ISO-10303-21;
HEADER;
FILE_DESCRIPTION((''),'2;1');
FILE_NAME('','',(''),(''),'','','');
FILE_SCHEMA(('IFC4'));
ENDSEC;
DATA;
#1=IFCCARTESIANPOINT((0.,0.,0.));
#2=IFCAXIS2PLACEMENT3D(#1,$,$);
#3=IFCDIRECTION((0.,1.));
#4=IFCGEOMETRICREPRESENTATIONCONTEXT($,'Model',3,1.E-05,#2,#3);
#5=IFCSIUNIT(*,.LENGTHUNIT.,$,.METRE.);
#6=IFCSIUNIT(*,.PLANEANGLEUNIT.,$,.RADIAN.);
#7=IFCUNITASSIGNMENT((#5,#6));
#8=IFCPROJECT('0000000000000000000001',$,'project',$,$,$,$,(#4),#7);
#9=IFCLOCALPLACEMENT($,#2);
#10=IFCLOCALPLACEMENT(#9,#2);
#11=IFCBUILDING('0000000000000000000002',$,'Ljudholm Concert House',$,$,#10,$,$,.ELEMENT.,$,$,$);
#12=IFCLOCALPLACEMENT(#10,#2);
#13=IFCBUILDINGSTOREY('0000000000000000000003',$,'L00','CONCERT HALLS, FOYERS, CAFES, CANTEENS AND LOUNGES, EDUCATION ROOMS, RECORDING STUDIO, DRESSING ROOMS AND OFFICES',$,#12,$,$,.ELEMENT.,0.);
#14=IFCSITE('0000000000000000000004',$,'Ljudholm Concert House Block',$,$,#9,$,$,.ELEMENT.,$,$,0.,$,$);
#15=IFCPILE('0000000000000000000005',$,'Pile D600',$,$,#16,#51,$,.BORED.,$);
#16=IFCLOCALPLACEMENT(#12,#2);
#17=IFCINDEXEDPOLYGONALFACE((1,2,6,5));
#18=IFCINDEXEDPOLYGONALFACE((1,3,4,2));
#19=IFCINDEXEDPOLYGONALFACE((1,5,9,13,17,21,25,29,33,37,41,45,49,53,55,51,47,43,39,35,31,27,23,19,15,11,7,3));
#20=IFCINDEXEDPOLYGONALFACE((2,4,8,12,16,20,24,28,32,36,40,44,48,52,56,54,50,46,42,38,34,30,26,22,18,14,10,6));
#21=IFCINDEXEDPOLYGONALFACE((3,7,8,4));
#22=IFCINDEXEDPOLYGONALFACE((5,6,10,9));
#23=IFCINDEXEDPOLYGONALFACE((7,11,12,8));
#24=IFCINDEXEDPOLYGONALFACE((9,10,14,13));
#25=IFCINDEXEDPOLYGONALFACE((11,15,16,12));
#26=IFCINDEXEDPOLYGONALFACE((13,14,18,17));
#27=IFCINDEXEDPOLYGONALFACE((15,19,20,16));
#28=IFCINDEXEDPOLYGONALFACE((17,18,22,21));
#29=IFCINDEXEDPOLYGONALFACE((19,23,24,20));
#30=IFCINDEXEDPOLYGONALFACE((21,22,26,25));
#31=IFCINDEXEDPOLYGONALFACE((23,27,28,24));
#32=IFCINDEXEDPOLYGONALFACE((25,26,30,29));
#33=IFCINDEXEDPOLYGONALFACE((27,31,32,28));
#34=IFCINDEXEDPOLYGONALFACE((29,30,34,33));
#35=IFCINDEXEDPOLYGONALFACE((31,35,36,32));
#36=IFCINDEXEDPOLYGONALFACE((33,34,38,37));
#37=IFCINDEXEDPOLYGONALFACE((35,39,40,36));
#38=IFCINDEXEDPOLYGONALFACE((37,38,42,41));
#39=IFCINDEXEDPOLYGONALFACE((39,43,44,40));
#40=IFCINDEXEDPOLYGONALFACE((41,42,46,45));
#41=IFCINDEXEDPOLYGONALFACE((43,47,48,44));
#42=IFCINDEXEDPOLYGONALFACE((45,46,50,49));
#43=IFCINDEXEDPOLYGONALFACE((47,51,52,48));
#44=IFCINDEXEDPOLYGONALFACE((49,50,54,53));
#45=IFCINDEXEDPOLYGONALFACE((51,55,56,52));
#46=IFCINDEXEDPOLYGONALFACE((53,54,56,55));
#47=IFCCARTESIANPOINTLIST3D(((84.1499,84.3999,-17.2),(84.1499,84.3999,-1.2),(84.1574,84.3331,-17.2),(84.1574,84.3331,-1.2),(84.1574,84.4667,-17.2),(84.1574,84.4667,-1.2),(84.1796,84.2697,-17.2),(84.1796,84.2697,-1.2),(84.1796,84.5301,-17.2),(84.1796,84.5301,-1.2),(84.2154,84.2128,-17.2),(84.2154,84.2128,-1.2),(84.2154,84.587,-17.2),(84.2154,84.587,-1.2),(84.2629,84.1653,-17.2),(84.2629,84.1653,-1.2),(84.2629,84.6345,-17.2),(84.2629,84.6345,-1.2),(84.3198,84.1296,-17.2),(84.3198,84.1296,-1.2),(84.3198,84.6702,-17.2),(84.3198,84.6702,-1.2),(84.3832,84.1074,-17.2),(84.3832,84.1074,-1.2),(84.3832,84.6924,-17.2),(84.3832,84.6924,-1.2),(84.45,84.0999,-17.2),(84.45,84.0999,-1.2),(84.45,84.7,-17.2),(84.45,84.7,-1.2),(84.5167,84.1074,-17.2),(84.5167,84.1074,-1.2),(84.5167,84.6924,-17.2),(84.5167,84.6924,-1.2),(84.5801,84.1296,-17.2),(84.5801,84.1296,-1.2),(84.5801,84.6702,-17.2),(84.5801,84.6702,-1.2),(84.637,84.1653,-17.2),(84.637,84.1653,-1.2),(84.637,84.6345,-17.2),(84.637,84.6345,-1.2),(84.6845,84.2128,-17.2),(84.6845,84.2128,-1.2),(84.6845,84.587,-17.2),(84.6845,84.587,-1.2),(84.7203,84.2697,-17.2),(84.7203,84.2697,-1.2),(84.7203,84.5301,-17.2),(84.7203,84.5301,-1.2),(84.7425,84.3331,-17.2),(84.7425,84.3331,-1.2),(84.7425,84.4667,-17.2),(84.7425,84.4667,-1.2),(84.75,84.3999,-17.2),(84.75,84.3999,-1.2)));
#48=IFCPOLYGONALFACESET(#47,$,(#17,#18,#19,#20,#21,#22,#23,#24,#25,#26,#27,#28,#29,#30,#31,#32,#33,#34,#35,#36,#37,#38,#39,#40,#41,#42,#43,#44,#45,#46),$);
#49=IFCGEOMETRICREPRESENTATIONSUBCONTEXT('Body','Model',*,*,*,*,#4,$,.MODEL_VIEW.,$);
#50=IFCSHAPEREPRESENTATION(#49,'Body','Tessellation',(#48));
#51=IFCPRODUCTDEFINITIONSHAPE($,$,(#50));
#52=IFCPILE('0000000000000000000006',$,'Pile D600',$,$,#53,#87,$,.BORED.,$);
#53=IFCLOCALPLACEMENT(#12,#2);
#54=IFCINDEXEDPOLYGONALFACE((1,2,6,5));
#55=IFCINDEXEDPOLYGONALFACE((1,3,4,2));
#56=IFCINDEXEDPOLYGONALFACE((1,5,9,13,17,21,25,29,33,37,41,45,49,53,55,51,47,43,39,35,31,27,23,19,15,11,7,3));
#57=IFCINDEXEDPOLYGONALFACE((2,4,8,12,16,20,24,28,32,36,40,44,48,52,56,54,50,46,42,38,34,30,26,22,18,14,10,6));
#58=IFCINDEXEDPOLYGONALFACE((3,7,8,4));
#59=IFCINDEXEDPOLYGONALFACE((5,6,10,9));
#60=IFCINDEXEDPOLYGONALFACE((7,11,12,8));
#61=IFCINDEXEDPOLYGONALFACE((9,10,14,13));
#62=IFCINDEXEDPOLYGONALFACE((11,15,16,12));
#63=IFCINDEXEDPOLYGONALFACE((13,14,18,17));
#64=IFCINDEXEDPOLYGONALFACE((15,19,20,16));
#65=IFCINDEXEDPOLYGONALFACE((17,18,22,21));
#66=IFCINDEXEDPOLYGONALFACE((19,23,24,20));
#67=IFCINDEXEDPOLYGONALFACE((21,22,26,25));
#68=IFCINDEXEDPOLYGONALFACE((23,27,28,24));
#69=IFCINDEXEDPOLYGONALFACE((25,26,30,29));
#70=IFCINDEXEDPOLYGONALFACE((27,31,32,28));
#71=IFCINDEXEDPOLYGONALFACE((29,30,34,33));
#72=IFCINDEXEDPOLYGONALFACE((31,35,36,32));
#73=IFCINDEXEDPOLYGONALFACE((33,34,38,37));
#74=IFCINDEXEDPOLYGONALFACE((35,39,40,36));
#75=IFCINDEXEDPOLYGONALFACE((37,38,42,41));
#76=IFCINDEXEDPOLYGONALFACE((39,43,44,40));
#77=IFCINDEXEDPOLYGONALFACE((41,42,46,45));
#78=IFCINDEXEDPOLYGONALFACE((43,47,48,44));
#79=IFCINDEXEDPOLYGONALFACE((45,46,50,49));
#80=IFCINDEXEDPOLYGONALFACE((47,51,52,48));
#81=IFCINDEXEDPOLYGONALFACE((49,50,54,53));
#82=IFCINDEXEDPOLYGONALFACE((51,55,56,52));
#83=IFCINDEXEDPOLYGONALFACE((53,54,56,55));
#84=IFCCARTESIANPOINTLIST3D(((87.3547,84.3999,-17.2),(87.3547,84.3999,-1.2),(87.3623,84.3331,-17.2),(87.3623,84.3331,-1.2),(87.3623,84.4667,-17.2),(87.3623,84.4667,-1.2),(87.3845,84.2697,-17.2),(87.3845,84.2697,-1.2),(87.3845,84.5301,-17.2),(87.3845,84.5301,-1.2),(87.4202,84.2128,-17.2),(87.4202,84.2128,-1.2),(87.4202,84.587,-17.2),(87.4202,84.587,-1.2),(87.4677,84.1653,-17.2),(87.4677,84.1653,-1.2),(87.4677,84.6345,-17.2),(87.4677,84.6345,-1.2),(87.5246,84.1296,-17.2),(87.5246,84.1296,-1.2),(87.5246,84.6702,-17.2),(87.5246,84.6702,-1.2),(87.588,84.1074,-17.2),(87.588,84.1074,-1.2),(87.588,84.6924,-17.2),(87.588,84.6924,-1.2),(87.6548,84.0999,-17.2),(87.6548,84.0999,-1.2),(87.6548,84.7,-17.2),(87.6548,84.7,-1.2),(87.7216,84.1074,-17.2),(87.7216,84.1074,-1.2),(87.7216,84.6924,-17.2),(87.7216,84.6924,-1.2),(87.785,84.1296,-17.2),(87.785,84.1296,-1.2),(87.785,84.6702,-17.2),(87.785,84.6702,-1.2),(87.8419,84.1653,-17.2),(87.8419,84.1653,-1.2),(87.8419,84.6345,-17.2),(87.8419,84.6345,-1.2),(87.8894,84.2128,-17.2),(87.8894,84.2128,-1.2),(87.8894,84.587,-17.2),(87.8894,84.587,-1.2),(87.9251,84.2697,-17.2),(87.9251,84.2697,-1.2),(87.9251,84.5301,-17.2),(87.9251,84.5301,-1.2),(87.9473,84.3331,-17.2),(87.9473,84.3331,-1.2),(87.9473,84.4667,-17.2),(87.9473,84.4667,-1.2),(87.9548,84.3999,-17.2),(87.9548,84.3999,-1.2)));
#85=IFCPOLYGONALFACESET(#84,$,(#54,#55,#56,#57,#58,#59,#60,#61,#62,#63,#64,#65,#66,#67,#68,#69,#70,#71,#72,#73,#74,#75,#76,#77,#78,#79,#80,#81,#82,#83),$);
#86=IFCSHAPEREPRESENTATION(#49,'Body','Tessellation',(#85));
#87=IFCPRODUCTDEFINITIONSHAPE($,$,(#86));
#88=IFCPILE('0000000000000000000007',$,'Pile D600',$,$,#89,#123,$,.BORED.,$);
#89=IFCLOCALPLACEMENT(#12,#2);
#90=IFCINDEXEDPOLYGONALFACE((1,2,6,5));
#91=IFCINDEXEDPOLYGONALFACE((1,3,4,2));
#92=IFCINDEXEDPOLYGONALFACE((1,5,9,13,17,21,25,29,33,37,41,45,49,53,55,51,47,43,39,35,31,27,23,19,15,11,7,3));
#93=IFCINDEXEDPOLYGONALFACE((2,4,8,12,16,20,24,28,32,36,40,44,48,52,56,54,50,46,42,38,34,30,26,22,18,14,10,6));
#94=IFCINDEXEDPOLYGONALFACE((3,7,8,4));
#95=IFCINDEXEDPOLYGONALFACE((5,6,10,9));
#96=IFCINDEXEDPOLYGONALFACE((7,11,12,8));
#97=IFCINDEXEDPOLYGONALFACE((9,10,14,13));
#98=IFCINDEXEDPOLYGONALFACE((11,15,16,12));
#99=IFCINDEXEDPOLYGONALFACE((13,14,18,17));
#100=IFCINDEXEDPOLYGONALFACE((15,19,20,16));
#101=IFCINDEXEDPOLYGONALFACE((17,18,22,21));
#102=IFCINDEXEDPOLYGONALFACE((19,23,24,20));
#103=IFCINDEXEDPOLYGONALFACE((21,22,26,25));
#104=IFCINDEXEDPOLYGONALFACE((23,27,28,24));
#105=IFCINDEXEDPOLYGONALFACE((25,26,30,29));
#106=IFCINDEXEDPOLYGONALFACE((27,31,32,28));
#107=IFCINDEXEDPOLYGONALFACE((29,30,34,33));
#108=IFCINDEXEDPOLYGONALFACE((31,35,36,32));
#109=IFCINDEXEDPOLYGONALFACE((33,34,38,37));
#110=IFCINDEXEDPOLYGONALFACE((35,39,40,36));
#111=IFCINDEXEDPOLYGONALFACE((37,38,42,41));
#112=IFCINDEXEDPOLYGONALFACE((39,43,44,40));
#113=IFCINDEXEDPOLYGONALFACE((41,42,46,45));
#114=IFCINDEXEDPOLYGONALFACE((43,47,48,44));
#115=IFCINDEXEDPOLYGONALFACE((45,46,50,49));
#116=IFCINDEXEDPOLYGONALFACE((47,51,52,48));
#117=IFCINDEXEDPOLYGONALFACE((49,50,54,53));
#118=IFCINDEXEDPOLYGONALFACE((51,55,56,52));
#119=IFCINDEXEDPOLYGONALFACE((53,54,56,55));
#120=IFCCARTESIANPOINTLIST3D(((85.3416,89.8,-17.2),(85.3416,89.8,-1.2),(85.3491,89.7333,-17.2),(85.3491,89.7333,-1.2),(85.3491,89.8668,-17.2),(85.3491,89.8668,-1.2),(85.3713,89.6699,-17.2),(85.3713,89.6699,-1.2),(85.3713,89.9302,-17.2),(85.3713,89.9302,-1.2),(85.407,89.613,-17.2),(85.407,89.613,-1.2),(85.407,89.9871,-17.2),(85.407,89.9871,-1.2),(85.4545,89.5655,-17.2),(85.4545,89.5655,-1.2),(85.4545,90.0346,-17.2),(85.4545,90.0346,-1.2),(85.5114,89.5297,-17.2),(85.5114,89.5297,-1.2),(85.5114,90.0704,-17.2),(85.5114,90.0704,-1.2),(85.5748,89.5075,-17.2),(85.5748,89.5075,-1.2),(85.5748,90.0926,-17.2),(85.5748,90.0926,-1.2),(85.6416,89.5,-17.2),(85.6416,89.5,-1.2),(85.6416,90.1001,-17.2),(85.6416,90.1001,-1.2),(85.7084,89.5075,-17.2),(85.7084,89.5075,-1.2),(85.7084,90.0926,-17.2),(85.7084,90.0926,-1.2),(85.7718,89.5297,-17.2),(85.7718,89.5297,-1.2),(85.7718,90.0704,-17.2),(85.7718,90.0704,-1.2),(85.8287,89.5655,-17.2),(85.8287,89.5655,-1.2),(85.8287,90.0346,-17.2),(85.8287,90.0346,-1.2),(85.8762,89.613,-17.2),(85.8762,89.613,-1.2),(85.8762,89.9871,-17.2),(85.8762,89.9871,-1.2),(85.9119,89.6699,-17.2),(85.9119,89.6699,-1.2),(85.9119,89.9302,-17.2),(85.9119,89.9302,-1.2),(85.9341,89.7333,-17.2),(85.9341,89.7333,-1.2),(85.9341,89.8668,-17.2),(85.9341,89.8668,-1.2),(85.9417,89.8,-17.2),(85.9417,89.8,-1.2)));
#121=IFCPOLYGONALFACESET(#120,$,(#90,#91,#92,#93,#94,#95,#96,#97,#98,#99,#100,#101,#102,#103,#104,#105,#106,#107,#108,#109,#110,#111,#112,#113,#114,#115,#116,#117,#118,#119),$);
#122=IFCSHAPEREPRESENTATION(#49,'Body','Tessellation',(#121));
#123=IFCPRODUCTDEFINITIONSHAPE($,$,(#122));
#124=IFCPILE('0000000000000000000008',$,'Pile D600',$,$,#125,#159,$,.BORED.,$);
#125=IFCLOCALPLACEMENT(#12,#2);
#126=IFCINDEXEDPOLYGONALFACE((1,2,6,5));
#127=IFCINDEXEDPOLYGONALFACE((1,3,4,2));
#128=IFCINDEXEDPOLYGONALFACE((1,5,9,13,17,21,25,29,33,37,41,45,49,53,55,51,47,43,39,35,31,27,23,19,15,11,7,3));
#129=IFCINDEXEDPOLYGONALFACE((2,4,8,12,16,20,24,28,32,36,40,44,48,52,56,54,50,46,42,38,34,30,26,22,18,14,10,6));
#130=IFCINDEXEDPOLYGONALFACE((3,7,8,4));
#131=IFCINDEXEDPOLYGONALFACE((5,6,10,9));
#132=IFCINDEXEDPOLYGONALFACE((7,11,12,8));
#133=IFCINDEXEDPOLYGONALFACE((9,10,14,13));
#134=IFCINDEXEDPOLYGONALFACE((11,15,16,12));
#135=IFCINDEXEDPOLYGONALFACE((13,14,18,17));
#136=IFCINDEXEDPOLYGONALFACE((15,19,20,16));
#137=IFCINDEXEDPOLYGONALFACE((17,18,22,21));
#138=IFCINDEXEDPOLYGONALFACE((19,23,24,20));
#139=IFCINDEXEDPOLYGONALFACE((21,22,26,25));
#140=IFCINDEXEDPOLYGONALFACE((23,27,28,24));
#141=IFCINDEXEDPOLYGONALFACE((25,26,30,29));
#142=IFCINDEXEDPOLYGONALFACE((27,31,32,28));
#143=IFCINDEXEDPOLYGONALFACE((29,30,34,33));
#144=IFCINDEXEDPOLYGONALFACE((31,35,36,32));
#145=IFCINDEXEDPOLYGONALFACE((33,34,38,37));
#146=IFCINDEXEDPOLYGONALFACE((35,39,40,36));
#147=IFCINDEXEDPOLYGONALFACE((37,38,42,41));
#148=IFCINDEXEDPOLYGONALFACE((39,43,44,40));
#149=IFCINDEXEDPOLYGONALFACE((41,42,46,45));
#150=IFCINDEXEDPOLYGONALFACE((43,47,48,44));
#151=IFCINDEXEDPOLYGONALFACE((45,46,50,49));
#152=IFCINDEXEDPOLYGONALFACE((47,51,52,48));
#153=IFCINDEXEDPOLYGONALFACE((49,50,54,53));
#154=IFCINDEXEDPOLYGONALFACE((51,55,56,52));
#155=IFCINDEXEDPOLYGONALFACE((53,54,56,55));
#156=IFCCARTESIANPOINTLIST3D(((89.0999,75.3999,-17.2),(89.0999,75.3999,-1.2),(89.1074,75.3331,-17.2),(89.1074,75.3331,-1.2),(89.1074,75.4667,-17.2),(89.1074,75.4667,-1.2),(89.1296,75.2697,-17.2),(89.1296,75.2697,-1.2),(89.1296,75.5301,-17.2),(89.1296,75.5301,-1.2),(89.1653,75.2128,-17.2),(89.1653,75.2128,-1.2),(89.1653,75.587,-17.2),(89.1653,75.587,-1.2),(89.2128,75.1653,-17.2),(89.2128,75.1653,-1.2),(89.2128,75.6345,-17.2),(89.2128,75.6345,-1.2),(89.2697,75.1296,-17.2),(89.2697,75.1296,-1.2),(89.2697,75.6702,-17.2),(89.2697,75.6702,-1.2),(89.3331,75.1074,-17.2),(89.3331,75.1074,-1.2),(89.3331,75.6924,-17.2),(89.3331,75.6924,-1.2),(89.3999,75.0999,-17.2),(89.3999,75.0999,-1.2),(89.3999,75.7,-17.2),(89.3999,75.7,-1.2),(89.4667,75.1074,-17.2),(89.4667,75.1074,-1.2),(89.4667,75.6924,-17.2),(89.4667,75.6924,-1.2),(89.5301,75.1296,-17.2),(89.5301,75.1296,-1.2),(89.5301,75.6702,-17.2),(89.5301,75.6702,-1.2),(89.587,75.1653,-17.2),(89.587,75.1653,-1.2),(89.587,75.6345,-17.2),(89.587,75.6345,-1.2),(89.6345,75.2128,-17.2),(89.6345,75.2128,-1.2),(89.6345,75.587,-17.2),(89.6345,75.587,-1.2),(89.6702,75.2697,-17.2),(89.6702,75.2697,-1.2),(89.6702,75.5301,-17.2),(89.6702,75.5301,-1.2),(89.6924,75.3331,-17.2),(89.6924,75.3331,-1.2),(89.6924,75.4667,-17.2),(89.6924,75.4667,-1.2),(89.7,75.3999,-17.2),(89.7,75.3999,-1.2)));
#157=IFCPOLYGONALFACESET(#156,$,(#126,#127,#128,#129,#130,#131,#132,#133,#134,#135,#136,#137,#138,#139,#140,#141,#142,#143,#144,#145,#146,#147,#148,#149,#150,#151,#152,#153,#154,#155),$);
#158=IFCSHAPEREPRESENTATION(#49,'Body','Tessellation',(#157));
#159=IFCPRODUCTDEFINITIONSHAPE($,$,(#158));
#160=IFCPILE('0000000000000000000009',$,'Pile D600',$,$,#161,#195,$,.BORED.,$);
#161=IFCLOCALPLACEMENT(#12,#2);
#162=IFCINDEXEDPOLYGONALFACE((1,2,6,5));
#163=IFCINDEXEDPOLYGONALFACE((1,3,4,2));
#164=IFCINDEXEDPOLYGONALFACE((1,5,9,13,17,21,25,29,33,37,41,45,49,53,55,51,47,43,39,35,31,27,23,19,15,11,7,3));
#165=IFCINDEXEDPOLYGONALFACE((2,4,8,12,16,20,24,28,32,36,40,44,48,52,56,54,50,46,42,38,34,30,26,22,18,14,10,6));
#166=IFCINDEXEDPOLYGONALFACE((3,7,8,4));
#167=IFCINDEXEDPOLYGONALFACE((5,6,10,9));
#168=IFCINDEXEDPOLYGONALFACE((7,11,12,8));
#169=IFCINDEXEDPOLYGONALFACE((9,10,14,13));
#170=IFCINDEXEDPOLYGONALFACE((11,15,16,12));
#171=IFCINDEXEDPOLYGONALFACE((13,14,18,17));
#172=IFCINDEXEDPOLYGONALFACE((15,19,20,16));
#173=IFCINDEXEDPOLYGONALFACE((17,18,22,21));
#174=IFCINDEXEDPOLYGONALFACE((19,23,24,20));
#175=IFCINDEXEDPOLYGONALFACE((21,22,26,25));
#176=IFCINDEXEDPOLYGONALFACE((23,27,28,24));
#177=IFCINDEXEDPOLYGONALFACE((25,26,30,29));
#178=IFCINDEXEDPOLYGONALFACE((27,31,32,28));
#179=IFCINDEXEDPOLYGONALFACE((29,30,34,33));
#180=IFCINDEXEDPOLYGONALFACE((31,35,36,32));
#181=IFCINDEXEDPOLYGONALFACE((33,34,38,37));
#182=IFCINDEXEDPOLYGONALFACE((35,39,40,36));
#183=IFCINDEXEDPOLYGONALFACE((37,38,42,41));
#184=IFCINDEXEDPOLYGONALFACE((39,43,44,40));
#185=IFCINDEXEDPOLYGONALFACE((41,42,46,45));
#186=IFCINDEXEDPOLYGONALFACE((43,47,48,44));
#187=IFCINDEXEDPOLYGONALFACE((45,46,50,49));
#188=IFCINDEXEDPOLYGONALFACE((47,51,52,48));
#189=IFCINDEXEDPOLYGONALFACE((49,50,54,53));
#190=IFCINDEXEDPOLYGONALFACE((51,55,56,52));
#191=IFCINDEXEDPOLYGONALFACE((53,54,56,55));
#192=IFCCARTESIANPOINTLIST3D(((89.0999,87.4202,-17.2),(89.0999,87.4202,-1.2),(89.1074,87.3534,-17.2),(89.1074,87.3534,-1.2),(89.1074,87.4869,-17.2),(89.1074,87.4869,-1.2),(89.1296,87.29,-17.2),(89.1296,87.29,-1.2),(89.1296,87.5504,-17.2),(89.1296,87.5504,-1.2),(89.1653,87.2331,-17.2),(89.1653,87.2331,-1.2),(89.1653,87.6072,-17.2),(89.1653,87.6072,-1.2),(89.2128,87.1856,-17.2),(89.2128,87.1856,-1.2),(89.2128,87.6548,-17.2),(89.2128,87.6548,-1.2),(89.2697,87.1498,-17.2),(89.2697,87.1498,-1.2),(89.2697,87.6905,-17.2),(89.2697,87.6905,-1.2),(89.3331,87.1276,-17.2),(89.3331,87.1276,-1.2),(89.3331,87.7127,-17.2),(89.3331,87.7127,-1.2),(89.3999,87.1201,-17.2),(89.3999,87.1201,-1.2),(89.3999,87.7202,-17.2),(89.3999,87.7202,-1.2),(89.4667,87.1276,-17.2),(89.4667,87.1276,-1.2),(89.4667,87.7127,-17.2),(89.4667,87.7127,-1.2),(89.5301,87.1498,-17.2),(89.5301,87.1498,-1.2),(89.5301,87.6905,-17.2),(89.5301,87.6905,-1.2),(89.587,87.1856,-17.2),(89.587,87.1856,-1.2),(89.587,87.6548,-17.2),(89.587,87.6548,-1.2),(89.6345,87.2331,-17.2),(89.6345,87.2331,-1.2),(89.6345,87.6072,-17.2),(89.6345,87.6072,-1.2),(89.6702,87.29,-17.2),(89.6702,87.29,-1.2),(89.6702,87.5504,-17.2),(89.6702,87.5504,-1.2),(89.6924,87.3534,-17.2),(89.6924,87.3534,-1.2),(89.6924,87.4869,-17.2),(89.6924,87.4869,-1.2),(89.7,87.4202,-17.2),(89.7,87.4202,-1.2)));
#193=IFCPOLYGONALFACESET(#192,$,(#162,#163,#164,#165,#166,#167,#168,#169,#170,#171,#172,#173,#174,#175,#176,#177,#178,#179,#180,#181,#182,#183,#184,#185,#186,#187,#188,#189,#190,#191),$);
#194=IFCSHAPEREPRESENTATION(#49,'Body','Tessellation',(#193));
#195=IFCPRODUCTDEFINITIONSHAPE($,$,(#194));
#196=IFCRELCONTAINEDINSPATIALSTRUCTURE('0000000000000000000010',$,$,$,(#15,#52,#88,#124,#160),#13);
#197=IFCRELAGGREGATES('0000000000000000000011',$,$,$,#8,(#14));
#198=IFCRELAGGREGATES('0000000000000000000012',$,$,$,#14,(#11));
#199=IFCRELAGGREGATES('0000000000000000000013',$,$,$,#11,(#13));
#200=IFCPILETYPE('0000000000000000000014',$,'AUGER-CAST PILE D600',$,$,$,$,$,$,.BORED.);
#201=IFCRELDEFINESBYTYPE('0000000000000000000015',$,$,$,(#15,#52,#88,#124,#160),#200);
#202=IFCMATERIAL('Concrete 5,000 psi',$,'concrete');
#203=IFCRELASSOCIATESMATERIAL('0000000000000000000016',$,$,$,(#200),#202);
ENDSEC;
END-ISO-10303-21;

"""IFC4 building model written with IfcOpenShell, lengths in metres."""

from ifc_helpers import new_model, si_unit, direction, frame, origin, origin_2d, place, context, subcontext, project, spatial, circle, extrude, material, material_profile, profile_set, type_object, element, save


model = new_model("IFC4")

# Units and contexts
model_context = context("Model", 3, precision=1e-05, world=origin(), true_north=direction((0.0, 1.0)))
body_context = subcontext(model_context, "Body", "Model", "MODEL_VIEW")
ifc_project = project(units=[si_unit("LENGTHUNIT", "METRE"), si_unit("PLANEANGLEUNIT", "RADIAN")], contexts=[model_context])

# Site, building, storey
site_placement = place(None, origin())
site = spatial("IfcSite", under=ifc_project, at=site_placement, Name="Ljudholm Concert House Block", CompositionType="ELEMENT", RefElevation=0.0)
building_placement = place(site_placement, origin())
building = spatial("IfcBuilding", under=site, at=building_placement, Name="Ljudholm Concert House", CompositionType="ELEMENT")
storey_placement = place(building_placement, origin())
storey = spatial("IfcBuildingStorey", under=building, at=storey_placement, Name="L00", Description="CONCERT HALLS, FOYERS, CAFES, CANTEENS AND LOUNGES, EDUCATION ROOMS, RECORDING STUDIO, DRESSING ROOMS AND OFFICES", CompositionType="ELEMENT", Elevation=0.0)

# Piles
ifc_material_1 = material(Name="Concrete 5,000 psi", Category="concrete")
ifc_material_profile_1 = material_profile(ifc_material_1, circle(Radius=0.3, at=origin_2d()), Name="AUGER-CAST PILE D600")
ifc_profile_set_1 = profile_set([ifc_material_profile_1], Name="Concrete 5,000 psi")
pile_type = type_object("IfcPileType", Name="AUGER-CAST PILE D600", PredefinedType="BORED", material=ifc_profile_set_1)
for number, where, z_axis, x_axis, name in (
    (1, (84.45, 84.3999, -1.2), (0.0, 0.0, -1.0), (1.0, 0.0, 0.0), "Pile D600"),
    (2, (87.6548, 84.3999, -1.2), (0.0, 0.0, -1.0), (1.0, 0.0, 0.0), "Pile D600"),
    (3, (85.6416, 89.8, -1.2), (0.0, 0.0, -1.0), (1.0, 0.0, 0.0), "Pile D600"),
    (4, (89.3999, 75.3999, -1.2), (0.0, 0.0, -1.0), (1.0, 0.0, 0.0), "Pile D600"),
    (5, (89.3999, 87.4202, -1.2), (0.0, 0.0, -1.0), (1.0, 0.0, 0.0), "Pile D600"),
):
    element("IfcPile", number, at=place(storey_placement, frame(where, z_axis=z_axis, x_axis=x_axis)), inside=storey, type_object=pile_type, Name=name, PredefinedType="BORED", context=body_context, shape_type="SweptSolid", body=[
        extrude(circle(Radius=0.3, at=origin_2d()), origin(), (0.0, 0.0, 1.0), 16.0),
    ])

save(model, "model.ifc")
